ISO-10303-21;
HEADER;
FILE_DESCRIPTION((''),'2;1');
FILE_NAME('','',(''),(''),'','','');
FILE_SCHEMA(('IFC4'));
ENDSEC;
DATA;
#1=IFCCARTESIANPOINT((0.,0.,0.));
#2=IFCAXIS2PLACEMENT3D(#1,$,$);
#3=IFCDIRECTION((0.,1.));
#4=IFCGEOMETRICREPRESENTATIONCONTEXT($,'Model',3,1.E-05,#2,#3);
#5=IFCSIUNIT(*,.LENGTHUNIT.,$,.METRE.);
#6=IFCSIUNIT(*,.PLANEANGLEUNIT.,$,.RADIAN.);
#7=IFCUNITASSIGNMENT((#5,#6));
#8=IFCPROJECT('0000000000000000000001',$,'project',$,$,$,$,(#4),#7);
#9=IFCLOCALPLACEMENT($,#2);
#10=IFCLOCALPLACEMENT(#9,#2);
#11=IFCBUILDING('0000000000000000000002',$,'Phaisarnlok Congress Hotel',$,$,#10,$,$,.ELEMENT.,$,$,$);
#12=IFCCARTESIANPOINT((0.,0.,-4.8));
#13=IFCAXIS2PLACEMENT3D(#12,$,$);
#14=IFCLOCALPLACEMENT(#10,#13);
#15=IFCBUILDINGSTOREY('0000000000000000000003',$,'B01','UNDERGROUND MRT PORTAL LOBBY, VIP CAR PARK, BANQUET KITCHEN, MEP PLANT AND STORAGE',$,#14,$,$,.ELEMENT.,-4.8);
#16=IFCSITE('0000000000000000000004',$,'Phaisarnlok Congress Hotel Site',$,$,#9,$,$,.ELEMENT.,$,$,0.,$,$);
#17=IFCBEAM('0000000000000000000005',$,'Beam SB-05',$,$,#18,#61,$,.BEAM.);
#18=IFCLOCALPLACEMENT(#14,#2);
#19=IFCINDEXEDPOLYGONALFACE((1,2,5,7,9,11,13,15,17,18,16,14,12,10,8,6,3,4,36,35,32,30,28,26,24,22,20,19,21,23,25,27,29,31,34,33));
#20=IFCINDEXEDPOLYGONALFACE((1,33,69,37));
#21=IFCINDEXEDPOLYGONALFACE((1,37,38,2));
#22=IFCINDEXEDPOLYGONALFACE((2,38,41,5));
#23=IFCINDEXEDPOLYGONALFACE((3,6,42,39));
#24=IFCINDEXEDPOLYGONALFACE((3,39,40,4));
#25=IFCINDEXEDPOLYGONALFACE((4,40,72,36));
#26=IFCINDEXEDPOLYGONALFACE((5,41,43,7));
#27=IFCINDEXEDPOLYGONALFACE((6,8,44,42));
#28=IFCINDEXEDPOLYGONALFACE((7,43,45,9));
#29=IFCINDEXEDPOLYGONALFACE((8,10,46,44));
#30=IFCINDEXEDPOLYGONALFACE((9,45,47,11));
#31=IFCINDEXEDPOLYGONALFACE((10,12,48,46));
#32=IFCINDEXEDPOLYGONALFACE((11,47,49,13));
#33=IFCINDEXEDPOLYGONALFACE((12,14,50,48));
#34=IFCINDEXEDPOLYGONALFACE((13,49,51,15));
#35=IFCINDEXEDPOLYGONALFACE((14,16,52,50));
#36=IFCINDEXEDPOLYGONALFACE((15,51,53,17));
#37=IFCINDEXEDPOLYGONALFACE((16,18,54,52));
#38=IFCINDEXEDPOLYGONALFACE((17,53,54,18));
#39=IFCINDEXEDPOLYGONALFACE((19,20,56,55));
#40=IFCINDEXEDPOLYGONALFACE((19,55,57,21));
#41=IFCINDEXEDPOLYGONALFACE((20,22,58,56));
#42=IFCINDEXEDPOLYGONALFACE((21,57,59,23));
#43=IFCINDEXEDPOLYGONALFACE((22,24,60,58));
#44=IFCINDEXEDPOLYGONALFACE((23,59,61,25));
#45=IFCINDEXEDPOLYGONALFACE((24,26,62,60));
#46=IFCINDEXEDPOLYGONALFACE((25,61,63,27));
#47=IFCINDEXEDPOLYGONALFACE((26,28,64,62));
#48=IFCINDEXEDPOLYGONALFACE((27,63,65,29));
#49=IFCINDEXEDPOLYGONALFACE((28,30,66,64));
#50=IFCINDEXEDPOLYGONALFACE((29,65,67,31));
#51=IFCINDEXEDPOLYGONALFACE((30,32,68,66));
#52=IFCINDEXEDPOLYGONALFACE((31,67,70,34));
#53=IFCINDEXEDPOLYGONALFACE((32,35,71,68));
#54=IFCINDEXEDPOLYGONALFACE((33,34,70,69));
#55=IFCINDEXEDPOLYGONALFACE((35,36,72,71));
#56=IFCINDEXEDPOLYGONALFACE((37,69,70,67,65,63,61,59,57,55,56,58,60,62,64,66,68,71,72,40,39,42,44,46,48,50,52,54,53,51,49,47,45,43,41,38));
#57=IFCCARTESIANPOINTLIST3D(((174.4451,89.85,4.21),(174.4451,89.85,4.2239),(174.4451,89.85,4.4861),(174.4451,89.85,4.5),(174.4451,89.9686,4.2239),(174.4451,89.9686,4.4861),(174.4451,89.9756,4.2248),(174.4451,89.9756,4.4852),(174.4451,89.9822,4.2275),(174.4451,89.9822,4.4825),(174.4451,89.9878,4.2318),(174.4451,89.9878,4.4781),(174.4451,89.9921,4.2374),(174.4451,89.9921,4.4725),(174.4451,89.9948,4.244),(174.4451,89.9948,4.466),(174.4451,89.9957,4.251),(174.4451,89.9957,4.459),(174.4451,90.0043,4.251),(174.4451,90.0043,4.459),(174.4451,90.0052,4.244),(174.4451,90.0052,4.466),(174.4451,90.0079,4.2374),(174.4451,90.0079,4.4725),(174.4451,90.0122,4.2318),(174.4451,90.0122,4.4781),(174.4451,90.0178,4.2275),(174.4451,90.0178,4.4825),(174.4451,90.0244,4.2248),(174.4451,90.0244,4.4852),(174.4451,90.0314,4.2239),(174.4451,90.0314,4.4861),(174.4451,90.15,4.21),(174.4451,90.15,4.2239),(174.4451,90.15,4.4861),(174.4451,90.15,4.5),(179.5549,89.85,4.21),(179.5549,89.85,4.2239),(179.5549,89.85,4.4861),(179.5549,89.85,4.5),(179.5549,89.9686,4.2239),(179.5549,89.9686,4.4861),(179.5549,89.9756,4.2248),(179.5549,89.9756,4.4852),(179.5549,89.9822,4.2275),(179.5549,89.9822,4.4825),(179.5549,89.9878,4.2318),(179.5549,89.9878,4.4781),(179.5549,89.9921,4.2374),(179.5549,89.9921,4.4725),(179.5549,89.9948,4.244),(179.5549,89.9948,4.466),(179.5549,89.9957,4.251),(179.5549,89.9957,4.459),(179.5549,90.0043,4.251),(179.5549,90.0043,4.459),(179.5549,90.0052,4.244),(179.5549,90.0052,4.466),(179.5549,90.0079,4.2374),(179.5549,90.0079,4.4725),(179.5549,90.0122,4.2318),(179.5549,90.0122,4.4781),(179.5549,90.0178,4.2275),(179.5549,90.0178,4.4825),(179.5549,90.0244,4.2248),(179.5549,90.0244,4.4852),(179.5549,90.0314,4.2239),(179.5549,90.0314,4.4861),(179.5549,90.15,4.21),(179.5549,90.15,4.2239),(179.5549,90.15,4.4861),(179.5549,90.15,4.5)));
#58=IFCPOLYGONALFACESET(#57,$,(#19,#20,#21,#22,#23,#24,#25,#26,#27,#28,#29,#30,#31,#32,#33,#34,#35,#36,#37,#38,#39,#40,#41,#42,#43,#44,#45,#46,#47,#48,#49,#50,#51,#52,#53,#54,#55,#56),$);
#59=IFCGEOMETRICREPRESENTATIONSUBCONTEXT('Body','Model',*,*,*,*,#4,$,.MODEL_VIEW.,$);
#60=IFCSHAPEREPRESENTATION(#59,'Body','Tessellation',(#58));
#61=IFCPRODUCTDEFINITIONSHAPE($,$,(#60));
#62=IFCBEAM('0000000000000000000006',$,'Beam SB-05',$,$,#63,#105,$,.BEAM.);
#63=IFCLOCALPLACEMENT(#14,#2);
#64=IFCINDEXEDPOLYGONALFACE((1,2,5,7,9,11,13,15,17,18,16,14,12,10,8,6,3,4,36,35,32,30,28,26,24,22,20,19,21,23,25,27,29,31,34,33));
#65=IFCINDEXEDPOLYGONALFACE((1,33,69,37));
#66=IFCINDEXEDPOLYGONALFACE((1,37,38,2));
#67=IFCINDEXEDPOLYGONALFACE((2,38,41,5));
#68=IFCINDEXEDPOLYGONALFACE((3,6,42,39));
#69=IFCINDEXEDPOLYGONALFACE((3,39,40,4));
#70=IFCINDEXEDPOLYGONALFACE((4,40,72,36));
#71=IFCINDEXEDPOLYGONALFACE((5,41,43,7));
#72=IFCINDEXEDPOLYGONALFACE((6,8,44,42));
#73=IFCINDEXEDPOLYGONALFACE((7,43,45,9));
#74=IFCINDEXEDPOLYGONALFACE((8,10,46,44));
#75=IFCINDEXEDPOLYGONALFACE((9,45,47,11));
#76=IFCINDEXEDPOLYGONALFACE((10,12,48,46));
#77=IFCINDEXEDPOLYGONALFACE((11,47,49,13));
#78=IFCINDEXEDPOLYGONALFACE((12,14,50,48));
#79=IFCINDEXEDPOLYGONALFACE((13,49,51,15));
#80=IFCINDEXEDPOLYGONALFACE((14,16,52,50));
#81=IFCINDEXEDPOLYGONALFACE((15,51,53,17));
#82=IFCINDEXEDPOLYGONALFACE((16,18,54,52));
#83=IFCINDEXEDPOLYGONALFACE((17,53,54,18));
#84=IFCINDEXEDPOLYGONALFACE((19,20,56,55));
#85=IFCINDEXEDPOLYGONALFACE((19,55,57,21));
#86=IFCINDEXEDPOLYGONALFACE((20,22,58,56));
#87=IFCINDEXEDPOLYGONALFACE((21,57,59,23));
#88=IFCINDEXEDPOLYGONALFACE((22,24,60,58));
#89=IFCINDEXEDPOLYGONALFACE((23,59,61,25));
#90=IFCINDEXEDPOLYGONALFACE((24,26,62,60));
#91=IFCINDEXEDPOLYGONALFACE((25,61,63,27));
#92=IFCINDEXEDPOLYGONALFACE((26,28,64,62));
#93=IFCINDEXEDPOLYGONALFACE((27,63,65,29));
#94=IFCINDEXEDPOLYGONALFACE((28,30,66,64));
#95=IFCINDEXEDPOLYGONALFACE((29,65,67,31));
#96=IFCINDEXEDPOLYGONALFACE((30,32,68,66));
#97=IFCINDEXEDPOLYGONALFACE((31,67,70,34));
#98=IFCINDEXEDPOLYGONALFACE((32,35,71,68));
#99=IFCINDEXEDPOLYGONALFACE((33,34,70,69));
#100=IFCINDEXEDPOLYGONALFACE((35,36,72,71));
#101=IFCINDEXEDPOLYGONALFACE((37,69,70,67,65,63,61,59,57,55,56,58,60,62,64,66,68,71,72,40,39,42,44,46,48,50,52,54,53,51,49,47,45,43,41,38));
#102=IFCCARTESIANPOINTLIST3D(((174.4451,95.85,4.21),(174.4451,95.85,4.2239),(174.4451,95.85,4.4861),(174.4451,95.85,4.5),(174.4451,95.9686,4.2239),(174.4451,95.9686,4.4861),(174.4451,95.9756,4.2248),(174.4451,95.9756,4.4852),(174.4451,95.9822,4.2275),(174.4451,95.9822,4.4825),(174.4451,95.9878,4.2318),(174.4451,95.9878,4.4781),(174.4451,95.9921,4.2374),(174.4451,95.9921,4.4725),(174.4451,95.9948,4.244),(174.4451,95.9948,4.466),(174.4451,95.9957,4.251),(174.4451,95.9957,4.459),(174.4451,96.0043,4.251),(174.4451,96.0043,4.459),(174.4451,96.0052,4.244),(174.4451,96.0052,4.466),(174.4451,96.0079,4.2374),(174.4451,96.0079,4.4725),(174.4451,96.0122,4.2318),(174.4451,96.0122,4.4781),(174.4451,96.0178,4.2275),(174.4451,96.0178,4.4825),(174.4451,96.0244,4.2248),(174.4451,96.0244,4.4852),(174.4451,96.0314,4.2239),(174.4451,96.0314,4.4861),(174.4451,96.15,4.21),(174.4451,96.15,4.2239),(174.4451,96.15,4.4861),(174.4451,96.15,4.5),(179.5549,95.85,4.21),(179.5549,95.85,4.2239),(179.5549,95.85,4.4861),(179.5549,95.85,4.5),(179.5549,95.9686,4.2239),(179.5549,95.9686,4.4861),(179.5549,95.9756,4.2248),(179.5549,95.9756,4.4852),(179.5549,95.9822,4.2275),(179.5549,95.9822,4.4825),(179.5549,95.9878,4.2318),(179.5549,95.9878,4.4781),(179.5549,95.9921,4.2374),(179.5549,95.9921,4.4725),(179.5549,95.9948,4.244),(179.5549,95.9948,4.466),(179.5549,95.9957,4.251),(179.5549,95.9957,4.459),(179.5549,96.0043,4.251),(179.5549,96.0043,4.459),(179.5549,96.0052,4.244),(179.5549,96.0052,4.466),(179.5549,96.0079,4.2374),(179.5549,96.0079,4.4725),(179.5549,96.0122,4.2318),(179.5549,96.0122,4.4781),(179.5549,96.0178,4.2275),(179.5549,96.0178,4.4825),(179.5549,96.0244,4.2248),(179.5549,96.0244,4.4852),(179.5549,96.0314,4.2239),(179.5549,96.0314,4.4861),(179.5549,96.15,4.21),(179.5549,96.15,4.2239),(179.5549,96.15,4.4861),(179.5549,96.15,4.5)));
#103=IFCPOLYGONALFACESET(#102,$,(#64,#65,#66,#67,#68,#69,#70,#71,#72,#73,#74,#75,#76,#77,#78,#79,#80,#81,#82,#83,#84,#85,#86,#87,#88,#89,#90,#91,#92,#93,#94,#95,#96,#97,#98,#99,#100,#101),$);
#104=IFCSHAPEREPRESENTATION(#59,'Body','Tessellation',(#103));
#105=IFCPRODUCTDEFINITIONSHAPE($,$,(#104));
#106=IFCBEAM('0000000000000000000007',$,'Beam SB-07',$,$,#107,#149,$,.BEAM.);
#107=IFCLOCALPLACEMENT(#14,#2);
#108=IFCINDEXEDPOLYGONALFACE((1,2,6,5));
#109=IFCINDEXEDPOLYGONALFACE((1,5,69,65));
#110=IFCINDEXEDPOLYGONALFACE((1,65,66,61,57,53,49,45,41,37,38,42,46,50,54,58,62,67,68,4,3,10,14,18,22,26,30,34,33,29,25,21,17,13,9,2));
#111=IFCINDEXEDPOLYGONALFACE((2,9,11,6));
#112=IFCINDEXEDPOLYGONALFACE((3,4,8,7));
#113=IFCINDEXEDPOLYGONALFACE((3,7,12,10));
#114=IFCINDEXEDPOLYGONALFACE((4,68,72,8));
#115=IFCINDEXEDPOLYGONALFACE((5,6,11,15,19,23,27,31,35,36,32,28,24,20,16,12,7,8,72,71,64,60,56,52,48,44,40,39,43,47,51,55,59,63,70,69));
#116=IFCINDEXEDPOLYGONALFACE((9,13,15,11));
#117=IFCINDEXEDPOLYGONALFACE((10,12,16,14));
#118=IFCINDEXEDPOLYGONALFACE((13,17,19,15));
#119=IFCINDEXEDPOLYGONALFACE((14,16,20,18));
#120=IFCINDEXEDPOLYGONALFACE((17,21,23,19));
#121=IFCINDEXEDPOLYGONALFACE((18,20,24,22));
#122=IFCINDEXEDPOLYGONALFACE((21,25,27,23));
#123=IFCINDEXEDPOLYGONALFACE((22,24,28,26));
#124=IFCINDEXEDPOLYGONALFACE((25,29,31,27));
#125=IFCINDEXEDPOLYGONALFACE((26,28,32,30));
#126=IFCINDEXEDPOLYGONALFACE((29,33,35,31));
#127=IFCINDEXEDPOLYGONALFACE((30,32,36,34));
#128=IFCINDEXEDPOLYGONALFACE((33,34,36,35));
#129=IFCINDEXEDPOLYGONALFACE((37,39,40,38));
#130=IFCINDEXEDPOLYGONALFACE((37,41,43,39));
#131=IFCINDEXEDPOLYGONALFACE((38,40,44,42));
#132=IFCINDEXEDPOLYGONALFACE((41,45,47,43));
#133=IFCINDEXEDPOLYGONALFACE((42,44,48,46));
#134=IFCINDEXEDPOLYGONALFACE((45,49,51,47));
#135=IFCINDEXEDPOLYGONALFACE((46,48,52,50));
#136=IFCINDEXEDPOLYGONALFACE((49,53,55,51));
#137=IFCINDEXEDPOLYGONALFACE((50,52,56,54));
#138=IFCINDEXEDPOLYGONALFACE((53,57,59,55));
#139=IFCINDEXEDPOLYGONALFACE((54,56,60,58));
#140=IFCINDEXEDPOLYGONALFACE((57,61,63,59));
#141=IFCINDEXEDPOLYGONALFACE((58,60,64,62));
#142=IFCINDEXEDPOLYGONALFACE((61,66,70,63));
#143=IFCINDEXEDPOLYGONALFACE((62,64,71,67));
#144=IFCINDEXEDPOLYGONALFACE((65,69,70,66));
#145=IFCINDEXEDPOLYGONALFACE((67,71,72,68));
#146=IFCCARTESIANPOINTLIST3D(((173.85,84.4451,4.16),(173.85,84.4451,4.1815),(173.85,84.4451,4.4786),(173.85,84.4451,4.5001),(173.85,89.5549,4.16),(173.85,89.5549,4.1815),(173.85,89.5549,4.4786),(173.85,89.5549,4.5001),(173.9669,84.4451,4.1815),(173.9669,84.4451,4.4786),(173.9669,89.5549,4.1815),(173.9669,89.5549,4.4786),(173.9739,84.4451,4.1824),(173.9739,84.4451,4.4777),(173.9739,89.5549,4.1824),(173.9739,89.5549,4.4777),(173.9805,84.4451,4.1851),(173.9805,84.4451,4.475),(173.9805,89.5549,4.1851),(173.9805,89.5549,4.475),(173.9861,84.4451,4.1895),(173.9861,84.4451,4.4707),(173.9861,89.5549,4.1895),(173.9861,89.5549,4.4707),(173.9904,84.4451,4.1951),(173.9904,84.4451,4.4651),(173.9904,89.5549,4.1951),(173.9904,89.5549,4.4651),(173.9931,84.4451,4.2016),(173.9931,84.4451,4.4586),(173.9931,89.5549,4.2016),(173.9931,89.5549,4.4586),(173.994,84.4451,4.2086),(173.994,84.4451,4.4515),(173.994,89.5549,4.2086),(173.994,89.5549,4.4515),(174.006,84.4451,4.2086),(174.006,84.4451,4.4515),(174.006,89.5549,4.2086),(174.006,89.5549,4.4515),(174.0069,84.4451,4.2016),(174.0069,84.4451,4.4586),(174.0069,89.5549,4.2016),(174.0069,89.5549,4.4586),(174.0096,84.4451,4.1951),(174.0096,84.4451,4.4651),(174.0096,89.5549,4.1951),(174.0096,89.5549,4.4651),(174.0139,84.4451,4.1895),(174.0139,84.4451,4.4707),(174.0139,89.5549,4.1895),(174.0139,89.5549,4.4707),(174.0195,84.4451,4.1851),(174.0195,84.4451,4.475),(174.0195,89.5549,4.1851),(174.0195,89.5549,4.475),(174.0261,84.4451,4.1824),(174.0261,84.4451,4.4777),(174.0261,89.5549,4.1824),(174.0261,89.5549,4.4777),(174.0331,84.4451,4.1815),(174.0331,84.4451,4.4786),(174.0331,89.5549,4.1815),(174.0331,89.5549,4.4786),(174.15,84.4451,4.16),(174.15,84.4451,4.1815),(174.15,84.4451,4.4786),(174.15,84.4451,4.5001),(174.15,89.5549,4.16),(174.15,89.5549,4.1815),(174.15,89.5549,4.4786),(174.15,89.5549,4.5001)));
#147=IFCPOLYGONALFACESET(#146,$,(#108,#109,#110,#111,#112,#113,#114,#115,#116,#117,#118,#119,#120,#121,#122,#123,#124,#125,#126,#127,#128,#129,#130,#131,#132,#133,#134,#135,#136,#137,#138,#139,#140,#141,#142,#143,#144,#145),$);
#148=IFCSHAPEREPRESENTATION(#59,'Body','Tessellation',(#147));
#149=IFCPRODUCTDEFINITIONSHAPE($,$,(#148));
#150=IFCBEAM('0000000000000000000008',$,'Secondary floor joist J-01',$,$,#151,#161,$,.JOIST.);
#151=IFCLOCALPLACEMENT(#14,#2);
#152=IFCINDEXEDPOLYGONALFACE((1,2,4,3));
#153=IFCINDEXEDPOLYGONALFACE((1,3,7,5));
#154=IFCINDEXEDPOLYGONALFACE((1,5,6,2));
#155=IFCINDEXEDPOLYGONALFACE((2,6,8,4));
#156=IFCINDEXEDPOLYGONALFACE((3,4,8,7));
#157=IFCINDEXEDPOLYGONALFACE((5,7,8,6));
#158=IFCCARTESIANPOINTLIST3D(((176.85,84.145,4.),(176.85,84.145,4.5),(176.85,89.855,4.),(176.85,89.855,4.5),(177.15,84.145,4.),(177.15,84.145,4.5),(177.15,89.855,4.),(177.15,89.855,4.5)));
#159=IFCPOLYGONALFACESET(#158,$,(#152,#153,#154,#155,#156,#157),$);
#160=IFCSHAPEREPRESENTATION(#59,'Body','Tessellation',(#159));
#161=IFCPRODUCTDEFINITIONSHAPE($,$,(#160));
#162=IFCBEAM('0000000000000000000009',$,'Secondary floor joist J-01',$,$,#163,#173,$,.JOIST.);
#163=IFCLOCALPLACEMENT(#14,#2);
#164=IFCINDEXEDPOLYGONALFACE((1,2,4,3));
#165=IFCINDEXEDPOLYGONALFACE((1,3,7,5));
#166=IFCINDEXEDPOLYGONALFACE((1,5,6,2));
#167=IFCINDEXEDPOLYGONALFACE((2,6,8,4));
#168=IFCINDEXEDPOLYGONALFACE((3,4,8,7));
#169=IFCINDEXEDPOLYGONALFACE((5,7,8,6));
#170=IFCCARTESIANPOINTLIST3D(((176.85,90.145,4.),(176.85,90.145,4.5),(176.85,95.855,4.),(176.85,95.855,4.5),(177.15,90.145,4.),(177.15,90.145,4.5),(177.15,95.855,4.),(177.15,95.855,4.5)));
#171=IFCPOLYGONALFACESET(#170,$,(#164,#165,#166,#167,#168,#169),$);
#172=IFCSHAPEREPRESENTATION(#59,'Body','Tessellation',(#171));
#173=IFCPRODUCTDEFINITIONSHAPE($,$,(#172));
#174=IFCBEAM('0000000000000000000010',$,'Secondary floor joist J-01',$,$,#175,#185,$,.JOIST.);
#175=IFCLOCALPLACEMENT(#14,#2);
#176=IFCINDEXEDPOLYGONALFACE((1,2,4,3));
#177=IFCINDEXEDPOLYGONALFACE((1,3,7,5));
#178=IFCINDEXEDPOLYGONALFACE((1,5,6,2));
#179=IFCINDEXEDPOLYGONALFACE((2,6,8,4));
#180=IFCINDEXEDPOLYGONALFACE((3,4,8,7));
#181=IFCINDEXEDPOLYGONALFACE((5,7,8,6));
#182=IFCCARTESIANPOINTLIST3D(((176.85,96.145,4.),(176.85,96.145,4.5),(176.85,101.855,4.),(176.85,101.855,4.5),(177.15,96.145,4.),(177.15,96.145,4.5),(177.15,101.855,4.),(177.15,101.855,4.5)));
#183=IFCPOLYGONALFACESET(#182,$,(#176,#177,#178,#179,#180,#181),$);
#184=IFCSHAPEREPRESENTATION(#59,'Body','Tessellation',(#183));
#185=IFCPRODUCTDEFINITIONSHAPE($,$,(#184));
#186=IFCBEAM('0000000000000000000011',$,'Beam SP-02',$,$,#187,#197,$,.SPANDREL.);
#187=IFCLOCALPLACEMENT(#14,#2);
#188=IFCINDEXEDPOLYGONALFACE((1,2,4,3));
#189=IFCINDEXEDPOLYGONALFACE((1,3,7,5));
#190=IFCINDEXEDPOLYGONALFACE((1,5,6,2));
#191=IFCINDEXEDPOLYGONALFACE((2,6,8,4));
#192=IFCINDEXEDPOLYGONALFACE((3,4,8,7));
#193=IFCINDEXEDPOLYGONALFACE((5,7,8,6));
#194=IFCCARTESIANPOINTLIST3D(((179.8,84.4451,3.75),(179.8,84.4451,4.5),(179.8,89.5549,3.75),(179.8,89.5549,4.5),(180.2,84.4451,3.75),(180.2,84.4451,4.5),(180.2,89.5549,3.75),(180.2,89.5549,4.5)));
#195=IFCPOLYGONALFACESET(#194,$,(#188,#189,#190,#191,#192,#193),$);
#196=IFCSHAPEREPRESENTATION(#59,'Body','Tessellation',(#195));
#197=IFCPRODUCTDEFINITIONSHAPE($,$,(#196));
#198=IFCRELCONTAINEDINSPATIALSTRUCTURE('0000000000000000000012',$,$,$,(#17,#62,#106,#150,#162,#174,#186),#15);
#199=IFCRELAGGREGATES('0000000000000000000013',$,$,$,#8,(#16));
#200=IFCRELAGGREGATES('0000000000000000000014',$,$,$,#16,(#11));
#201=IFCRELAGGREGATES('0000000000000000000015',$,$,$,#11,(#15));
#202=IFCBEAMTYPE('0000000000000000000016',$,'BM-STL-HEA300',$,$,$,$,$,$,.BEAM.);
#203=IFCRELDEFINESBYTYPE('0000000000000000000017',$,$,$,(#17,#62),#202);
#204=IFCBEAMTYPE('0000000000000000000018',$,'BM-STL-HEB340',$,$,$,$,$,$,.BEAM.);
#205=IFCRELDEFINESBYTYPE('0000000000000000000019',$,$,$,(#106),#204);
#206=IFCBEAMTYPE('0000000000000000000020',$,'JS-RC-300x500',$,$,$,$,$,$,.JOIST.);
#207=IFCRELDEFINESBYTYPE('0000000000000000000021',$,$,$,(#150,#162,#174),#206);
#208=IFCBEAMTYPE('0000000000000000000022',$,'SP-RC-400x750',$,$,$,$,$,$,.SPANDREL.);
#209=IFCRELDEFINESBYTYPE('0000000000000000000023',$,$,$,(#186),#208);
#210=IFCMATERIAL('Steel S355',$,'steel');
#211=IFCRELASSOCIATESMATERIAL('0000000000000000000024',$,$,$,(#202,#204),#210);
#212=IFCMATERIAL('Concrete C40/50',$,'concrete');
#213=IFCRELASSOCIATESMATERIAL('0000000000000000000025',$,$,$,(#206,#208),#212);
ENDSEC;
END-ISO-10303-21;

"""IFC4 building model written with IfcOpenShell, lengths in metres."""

from ifc_helpers import new_model, si_unit, direction, frame, origin, origin_2d, place, context, subcontext, project, spatial, rectangle, i_section, extrude, material, material_profile, profile_set, type_object, element, save


model = new_model("IFC4")

# Units and contexts
model_context = context("Model", 3, precision=1e-05, world=origin(), true_north=direction((0.0, 1.0)))
body_context = subcontext(model_context, "Body", "Model", "MODEL_VIEW")
ifc_project = project(units=[si_unit("LENGTHUNIT", "METRE"), si_unit("PLANEANGLEUNIT", "RADIAN")], contexts=[model_context])

# Site, building, storey
site_placement = place(None, origin())
site = spatial("IfcSite", under=ifc_project, at=site_placement, Name="Phaisarnlok Congress Hotel Site", CompositionType="ELEMENT", RefElevation=0.0)
building_placement = place(site_placement, origin())
building = spatial("IfcBuilding", under=site, at=building_placement, Name="Phaisarnlok Congress Hotel", CompositionType="ELEMENT")
storey_placement = place(building_placement, frame((0.0, 0.0, -4.8)))
storey = spatial("IfcBuildingStorey", under=building, at=storey_placement, Name="B01", Description="UNDERGROUND MRT PORTAL LOBBY, VIP CAR PARK, BANQUET KITCHEN, MEP PLANT AND STORAGE", CompositionType="ELEMENT", Elevation=-4.8)

# Shared definitions
ifc_material_1 = material(Name="Concrete C40/50", Category="concrete")

# Beams
ifc_material_2 = material(Name="Steel S355", Category="steel")
ifc_material_profile_1 = material_profile(ifc_material_2, i_section(OverallWidth=0.3, OverallDepth=0.29, WebThickness=0.0085, FlangeThickness=0.0139, FilletRadius=0.0271, at=origin_2d()), Name="HEA 300")
ifc_profile_set_1 = profile_set([ifc_material_profile_1], Name="Steel S355")
beam_type_1 = type_object("IfcBeamType", Name="BM-STL-HEA300", PredefinedType="BEAM", material=ifc_profile_set_1)
for number, where, z_axis, x_axis, name in (
    (1, (174.4451, 90.0, 4.355), (1.0, 0.0, 0.0), (0.0, 1.0, 0.0), "Beam SB-05"),
    (2, (174.4451, 96.0, 4.355), (1.0, 0.0, 0.0), (0.0, 1.0, 0.0), "Beam SB-05"),
):
    element("IfcBeam", number, at=place(storey_placement, frame(where, z_axis=z_axis, x_axis=x_axis)), inside=storey, type_object=beam_type_1, Name=name, PredefinedType="BEAM", context=body_context, shape_type="SweptSolid", body=[
        extrude(i_section(OverallWidth=0.3, OverallDepth=0.29, WebThickness=0.0085, FlangeThickness=0.0139, FilletRadius=0.0271, at=origin_2d()), origin(), (0.0, 0.0, 1.0), 5.1099),
    ])
ifc_material_profile_2 = material_profile(ifc_material_2, i_section(OverallWidth=0.3, OverallDepth=0.3401, WebThickness=0.012, FlangeThickness=0.0215, FilletRadius=0.0271, at=origin_2d()), Name="HEB 340")
ifc_profile_set_2 = profile_set([ifc_material_profile_2], Name="Steel S355")
beam_type_2 = type_object("IfcBeamType", Name="BM-STL-HEB340", PredefinedType="BEAM", material=ifc_profile_set_2)
beam_1_placement = place(storey_placement, frame((174.0, 84.4451, 4.3301), z_axis=(0.0, 1.0, 0.0), x_axis=(-1.0, 0.0, 0.0)))
element("IfcBeam", 3, at=beam_1_placement, inside=storey, type_object=beam_type_2, Name="Beam SB-07", PredefinedType="BEAM", context=body_context, shape_type="SweptSolid", body=[
    extrude(i_section(OverallWidth=0.3, OverallDepth=0.3401, WebThickness=0.012, FlangeThickness=0.0215, FilletRadius=0.0271, at=origin_2d()), origin(), (0.0, 0.0, 1.0), 5.1099),
])
ifc_material_profile_3 = material_profile(ifc_material_1, rectangle(XDim=0.3, YDim=0.5, at=origin_2d()), Name="RC 300x500")
ifc_profile_set_3 = profile_set([ifc_material_profile_3], Name="Concrete C40/50")
beam_type_3 = type_object("IfcBeamType", Name="JS-RC-300x500", PredefinedType="JOIST", material=ifc_profile_set_3)
for number, where, z_axis, x_axis, name in (
    (4, (177.0, 84.145, 4.25), (0.0, 1.0, 0.0), (-1.0, 0.0, 0.0), "Secondary floor joist J-01"),
    (5, (177.0, 90.145, 4.25), (0.0, 1.0, 0.0), (-1.0, 0.0, 0.0), "Secondary floor joist J-01"),
    (6, (177.0, 96.145, 4.25), (0.0, 1.0, 0.0), (-1.0, 0.0, 0.0), "Secondary floor joist J-01"),
):
    element("IfcBeam", number, at=place(storey_placement, frame(where, z_axis=z_axis, x_axis=x_axis)), inside=storey, type_object=beam_type_3, Name=name, PredefinedType="JOIST", context=body_context, shape_type="SweptSolid", body=[
        extrude(rectangle(XDim=0.3, YDim=0.5, at=origin_2d()), origin(), (0.0, 0.0, 1.0), 5.71),
    ])
ifc_material_profile_4 = material_profile(ifc_material_1, rectangle(XDim=0.3999, YDim=0.75, at=origin_2d()), Name="RC 400x750")
ifc_profile_set_4 = profile_set([ifc_material_profile_4], Name="Concrete C40/50")
beam_type_4 = type_object("IfcBeamType", Name="SP-RC-400x750", PredefinedType="SPANDREL", material=ifc_profile_set_4)
for number, where, z_axis, x_axis, name in (
    (7, (180.0, 84.4451, 4.125), (0.0, 1.0, 0.0), (-1.0, 0.0, 0.0), "Beam SP-02"),
):
    element("IfcBeam", number, at=place(storey_placement, frame(where, z_axis=z_axis, x_axis=x_axis)), inside=storey, type_object=beam_type_4, Name=name, PredefinedType="SPANDREL", context=body_context, shape_type="SweptSolid", body=[
        extrude(rectangle(XDim=0.3999, YDim=0.75, at=origin_2d()), origin(), (0.0, 0.0, 1.0), 5.1099),
    ])

save(model, "model.ifc")
